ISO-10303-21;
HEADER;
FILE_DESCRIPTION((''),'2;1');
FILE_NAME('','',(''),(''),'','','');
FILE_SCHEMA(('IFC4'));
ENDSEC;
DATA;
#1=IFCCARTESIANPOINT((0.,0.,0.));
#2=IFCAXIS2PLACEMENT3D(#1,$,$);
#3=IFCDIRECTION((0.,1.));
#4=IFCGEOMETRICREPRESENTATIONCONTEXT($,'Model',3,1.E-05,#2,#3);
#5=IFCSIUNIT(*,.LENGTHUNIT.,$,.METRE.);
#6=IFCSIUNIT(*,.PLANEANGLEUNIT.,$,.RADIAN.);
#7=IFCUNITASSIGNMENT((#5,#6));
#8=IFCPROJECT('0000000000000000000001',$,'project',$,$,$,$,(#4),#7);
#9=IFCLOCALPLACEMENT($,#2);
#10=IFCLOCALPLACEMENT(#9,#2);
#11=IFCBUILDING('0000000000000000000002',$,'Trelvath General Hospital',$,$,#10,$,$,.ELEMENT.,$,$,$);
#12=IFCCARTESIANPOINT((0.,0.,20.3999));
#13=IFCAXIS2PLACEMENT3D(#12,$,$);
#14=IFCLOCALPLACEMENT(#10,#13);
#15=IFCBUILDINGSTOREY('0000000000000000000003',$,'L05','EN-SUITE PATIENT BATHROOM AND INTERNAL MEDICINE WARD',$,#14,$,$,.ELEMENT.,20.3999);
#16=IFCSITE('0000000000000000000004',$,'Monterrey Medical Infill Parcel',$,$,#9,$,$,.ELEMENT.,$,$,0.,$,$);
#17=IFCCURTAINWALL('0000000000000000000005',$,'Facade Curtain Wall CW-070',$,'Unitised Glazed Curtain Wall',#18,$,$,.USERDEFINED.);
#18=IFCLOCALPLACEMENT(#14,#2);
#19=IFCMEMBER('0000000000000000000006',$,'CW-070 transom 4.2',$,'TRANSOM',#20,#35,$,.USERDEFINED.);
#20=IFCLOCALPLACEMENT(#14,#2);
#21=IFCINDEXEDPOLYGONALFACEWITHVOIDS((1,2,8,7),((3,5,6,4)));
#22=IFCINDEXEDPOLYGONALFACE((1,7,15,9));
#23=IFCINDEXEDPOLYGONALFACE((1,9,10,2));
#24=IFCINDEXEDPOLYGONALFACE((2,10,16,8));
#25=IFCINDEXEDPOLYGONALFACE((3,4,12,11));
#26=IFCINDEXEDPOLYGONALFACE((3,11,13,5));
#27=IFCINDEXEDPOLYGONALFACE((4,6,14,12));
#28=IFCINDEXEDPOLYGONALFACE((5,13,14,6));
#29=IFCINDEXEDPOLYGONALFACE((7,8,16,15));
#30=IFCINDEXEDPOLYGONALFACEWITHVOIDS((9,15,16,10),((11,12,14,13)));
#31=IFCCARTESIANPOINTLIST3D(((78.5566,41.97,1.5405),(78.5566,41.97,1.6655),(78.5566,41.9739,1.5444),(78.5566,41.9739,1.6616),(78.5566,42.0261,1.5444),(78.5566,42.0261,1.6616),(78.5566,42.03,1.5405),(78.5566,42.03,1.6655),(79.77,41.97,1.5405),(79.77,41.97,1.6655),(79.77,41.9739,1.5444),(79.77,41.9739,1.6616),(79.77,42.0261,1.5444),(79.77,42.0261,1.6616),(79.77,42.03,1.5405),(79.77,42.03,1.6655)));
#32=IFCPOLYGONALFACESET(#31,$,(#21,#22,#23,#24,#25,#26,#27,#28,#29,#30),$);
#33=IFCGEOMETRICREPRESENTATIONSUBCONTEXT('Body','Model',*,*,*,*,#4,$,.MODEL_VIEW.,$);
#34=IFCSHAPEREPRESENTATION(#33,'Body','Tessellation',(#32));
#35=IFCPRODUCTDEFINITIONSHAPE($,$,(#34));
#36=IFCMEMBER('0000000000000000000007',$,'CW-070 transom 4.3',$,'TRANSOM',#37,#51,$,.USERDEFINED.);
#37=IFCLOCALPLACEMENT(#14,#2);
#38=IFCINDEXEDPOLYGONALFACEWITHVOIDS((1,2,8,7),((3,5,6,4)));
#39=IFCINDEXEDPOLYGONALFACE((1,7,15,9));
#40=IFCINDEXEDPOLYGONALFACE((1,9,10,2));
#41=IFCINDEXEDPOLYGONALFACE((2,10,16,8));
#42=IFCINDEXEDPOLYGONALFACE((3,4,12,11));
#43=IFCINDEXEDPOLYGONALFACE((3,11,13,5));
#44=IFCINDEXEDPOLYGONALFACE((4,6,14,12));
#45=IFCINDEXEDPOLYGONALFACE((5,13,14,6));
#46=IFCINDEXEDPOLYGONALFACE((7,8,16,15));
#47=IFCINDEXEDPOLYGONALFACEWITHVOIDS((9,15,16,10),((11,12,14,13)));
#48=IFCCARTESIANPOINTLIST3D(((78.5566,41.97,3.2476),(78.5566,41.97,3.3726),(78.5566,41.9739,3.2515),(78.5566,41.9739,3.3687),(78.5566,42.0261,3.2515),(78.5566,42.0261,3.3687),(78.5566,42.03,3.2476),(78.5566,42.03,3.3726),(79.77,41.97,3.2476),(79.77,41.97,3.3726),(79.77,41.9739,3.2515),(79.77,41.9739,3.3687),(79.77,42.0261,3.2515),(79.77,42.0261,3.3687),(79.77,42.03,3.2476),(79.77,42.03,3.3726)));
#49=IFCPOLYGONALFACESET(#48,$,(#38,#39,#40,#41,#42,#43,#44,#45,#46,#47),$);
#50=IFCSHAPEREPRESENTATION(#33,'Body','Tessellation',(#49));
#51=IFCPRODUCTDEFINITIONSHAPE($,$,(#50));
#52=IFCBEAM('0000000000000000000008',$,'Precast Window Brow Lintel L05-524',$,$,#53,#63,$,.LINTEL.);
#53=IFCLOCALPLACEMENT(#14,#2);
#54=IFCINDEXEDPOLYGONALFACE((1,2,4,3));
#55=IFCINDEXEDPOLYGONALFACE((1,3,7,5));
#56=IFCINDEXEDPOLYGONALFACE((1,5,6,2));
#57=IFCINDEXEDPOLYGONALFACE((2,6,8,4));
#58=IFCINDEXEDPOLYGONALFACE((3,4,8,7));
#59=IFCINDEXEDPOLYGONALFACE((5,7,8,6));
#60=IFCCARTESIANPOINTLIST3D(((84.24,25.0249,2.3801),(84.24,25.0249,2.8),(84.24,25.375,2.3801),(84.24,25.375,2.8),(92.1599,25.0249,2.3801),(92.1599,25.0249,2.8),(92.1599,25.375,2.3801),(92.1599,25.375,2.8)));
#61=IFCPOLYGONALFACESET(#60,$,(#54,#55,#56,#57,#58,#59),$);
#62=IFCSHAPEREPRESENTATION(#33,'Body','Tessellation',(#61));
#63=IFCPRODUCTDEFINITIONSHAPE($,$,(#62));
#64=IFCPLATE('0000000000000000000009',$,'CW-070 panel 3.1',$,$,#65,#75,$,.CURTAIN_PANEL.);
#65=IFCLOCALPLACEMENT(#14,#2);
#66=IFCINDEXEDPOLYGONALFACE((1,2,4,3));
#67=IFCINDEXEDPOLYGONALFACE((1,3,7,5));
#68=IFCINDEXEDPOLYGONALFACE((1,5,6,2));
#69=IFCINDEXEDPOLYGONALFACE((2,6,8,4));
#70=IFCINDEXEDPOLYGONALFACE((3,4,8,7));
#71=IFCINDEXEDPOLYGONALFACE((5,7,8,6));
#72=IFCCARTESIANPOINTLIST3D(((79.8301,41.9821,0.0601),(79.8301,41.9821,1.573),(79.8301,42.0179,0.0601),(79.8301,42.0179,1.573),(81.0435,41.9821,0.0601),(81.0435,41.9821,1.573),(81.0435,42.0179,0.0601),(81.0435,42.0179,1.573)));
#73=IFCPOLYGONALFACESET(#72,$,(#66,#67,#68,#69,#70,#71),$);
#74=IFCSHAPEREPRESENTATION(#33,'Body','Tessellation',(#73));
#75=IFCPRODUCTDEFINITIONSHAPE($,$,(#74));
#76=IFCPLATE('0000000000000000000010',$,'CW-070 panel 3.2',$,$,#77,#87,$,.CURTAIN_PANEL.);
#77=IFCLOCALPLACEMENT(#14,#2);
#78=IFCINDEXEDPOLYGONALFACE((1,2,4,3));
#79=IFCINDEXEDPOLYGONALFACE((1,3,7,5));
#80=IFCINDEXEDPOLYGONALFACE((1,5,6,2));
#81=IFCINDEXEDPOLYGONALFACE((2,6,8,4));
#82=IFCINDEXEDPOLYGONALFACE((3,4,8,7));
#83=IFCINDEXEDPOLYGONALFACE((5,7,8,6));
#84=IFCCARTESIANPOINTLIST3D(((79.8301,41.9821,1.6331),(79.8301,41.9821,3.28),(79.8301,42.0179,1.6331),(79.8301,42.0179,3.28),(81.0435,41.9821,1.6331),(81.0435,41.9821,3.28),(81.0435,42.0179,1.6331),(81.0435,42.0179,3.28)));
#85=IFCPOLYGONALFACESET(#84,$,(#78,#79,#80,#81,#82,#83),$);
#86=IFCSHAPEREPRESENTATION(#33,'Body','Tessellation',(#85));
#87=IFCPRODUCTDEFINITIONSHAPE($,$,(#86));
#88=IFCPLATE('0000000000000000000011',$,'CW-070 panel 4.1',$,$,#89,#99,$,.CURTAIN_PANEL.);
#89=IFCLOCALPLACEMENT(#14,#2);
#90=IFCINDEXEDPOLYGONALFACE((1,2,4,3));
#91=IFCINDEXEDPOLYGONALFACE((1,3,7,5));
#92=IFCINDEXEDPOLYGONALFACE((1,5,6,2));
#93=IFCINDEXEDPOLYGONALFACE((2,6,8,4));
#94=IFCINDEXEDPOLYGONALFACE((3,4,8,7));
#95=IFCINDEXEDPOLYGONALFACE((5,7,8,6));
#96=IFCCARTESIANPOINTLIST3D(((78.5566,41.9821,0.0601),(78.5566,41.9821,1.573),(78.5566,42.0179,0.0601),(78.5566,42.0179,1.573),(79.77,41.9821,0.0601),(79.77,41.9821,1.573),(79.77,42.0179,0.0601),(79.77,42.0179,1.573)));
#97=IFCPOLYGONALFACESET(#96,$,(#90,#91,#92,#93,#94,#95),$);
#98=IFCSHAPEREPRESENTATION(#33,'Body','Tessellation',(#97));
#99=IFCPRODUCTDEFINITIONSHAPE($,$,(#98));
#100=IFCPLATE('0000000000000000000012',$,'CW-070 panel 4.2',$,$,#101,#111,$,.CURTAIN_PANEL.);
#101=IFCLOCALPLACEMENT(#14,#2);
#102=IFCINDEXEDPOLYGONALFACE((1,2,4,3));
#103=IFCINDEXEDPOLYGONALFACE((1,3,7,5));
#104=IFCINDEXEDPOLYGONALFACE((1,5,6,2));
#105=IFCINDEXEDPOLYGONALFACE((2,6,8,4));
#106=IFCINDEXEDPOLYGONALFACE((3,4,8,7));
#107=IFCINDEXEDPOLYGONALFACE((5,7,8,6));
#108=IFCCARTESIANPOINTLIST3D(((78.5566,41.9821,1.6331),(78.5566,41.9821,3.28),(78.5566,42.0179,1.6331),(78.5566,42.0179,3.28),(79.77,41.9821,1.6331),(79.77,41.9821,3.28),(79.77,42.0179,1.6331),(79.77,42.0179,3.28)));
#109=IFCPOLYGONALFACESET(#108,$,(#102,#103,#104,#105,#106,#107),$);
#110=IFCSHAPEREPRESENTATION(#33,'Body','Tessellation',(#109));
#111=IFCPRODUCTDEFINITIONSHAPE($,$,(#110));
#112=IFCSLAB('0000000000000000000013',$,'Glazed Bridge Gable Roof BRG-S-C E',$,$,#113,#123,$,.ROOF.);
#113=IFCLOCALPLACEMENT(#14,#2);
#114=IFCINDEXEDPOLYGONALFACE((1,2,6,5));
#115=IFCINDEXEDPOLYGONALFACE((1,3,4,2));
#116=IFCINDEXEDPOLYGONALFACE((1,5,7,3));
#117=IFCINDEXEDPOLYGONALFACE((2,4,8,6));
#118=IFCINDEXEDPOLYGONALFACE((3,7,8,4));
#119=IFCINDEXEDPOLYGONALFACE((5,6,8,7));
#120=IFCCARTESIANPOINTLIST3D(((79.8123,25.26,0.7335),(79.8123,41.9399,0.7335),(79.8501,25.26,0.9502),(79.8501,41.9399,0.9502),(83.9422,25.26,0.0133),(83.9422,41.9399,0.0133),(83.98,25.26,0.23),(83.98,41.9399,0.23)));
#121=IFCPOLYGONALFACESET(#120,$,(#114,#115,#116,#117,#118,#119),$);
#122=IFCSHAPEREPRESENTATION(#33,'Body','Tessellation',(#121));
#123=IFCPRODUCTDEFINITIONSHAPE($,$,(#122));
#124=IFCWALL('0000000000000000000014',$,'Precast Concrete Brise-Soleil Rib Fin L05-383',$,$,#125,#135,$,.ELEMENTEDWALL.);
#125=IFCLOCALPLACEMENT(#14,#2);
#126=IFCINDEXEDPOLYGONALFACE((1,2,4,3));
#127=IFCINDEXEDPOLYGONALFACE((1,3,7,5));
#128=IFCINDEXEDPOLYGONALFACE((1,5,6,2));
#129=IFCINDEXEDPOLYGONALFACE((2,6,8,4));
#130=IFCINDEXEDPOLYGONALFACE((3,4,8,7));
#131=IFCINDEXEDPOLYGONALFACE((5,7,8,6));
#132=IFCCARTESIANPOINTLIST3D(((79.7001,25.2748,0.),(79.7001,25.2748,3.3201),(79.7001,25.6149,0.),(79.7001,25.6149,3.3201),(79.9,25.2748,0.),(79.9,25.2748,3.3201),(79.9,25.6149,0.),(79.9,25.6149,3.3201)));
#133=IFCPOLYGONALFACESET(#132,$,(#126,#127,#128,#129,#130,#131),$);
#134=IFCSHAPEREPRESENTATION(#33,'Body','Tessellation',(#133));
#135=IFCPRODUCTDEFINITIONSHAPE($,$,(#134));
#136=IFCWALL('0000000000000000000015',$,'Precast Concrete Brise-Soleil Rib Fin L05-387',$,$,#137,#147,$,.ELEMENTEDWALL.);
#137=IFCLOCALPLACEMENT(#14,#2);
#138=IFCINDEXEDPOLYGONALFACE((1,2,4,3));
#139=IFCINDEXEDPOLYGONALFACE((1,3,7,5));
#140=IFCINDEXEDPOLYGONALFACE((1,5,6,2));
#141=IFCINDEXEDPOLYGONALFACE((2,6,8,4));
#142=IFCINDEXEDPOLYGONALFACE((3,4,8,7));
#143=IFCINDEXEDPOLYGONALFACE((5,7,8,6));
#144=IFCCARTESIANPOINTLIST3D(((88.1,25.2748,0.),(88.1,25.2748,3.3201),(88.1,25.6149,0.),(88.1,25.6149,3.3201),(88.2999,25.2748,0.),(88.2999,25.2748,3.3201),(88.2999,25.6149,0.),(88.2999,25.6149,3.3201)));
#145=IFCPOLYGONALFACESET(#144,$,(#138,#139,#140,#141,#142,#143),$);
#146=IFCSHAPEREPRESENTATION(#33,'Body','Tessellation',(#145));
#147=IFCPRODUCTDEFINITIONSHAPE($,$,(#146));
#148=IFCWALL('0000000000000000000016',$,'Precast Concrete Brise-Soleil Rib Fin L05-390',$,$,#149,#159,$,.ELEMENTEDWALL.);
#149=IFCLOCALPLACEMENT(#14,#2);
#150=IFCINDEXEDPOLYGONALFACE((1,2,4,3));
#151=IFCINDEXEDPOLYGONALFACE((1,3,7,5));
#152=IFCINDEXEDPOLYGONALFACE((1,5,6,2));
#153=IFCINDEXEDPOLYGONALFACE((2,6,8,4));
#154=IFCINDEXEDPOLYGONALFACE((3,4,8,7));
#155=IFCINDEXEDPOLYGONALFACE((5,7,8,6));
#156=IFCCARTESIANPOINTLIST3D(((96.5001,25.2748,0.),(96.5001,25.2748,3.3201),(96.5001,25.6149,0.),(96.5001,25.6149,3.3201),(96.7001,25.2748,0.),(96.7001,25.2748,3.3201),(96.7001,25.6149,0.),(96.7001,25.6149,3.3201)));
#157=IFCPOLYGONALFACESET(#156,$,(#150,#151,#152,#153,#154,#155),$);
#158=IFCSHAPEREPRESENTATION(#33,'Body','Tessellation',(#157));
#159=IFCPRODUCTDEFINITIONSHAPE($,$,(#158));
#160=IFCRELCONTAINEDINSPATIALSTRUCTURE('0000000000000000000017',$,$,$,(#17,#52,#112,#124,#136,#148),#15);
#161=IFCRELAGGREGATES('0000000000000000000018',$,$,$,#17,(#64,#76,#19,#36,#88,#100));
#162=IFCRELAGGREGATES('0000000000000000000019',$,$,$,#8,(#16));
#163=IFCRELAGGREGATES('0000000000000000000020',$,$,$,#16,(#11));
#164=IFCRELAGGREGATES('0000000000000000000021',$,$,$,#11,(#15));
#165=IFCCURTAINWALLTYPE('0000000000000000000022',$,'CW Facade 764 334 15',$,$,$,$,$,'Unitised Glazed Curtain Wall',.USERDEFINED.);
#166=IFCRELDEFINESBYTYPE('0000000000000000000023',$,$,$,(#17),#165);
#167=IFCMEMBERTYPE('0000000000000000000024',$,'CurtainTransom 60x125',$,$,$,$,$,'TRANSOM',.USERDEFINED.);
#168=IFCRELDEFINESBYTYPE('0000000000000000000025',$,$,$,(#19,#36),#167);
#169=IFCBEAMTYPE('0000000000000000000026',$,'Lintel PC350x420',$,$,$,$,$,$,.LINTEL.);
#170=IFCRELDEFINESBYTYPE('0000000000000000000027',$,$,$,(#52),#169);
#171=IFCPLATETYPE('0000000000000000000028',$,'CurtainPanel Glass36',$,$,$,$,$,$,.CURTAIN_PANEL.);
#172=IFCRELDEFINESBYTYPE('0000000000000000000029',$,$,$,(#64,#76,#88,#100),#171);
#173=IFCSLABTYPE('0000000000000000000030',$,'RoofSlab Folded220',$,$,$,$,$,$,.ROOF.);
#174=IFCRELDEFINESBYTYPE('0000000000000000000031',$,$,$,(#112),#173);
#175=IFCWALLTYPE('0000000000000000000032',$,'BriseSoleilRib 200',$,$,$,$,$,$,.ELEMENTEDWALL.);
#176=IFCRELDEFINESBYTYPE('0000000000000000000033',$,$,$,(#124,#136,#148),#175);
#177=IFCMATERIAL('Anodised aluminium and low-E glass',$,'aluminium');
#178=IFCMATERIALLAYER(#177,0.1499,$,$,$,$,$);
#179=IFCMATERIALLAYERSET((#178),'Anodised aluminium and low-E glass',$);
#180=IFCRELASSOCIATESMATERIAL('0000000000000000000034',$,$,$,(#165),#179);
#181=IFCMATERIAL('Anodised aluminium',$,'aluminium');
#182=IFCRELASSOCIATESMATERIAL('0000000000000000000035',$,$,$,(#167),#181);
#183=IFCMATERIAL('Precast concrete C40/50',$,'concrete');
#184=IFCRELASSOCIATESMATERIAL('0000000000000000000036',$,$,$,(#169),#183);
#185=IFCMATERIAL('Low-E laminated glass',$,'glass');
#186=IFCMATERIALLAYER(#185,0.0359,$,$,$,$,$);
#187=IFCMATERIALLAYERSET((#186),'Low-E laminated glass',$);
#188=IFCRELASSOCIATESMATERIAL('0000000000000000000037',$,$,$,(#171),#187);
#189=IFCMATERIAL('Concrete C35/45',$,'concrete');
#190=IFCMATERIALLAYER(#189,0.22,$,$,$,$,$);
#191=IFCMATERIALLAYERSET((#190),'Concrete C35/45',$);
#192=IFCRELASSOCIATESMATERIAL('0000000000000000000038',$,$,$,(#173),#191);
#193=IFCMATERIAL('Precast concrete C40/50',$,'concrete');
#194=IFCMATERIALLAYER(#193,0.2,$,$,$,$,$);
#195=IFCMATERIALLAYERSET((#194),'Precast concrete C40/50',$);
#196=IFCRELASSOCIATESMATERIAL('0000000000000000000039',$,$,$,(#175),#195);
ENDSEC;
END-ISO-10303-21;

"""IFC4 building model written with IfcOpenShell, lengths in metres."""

from ifc_helpers import new_model, si_unit, direction, frame, frame_2d, origin, origin_2d, place, context, subcontext, project, spatial, polyline, rectangle, hollow_rectangle, outline, extrude, material, layer, layer_set, material_profile, profile_set, type_object, element, aggregate, save


model = new_model("IFC4")

# Units and contexts
model_context = context("Model", 3, precision=1e-05, world=origin(), true_north=direction((0.0, 1.0)))
body_context = subcontext(model_context, "Body", "Model", "MODEL_VIEW")
ifc_project = project(units=[si_unit("LENGTHUNIT", "METRE"), si_unit("PLANEANGLEUNIT", "RADIAN")], contexts=[model_context])

# Site, building, storey
site_placement = place(None, origin())
site = spatial("IfcSite", under=ifc_project, at=site_placement, Name="Monterrey Medical Infill Parcel", CompositionType="ELEMENT", RefElevation=0.0)
building_placement = place(site_placement, origin())
building = spatial("IfcBuilding", under=site, at=building_placement, Name="Trelvath General Hospital", CompositionType="ELEMENT")
storey_placement = place(building_placement, frame((0.0, 0.0, 20.3999)))
storey = spatial("IfcBuildingStorey", under=building, at=storey_placement, Name="L05", Description="EN-SUITE PATIENT BATHROOM AND INTERNAL MEDICINE WARD", CompositionType="ELEMENT", Elevation=20.3999)

# Curtain wall, members
ifc_material_1 = material(Name="Anodised aluminium and low-E glass", Category="aluminium")
ifc_layer_1 = layer(ifc_material_1, 0.1499)
ifc_layer_set_1 = layer_set([ifc_layer_1], Name="Anodised aluminium and low-E glass")
curtain_wall_type = type_object("IfcCurtainWallType", Name="CW Facade 764 334 15", ElementType="Unitised Glazed Curtain Wall", PredefinedType="USERDEFINED", material=ifc_layer_set_1)
curtain_wall_placement = place(storey_placement, origin())
curtain_wall = element("IfcCurtainWall", 1, at=curtain_wall_placement, inside=storey, type_object=curtain_wall_type, Name="Facade Curtain Wall CW-070", ObjectType="Unitised Glazed Curtain Wall", PredefinedType="USERDEFINED")
ifc_material_2 = material(Name="Anodised aluminium", Category="aluminium")
ifc_material_profile_1 = material_profile(ifc_material_2, hollow_rectangle(XDim=0.0601, YDim=0.125, WallThickness=0.0039, at=origin_2d()), Name="RHS60x125x4")
ifc_profile_set_1 = profile_set([ifc_material_profile_1], Name="Anodised aluminium")
member_type_1 = type_object("IfcMemberType", Name="CurtainTransom 60x125", ElementType="TRANSOM", PredefinedType="USERDEFINED", material=ifc_profile_set_1)
member_1_placement = place(storey_placement, frame((79.77, 42.0, 1.603), z_axis=(-1.0, 0.0, 0.0), x_axis=(0.0, -1.0, 0.0)))
member_1 = element("IfcMember", 2, at=member_1_placement, type_object=member_type_1, Name="CW-070 transom 4.2", ObjectType="TRANSOM", PredefinedType="USERDEFINED", context=body_context, shape_type="SweptSolid", body=[
    extrude(hollow_rectangle(XDim=0.0601, YDim=0.125, WallThickness=0.0039, at=origin_2d()), origin(), (0.0, 0.0, 1.0), 1.2134),
])
member_2_placement = place(storey_placement, frame((79.77, 42.0, 3.3101), z_axis=(-1.0, 0.0, 0.0), x_axis=(0.0, -1.0, 0.0)))
member_2 = element("IfcMember", 3, at=member_2_placement, type_object=member_type_1, Name="CW-070 transom 4.3", ObjectType="TRANSOM", PredefinedType="USERDEFINED", context=body_context, shape_type="SweptSolid", body=[
    extrude(hollow_rectangle(XDim=0.0601, YDim=0.125, WallThickness=0.0039, at=origin_2d()), origin(), (0.0, 0.0, 1.0), 1.2134),
])

# Beam
ifc_material_3 = material(Name="Precast concrete C40/50", Category="concrete")
ifc_material_profile_2 = material_profile(ifc_material_3, rectangle(XDim=0.3501, YDim=0.4199, at=origin_2d()), Name="PCL350x420")
ifc_profile_set_2 = profile_set([ifc_material_profile_2], Name="Precast concrete C40/50")
beam_type_1 = type_object("IfcBeamType", Name="Lintel PC350x420", PredefinedType="LINTEL", material=ifc_profile_set_2)
beam_1_placement = place(storey_placement, frame((84.24, 25.2, 2.5901), z_axis=(1.0, 0.0, 0.0), x_axis=(0.0, 1.0, 0.0)))
element("IfcBeam", 4, at=beam_1_placement, inside=storey, type_object=beam_type_1, Name="Precast Window Brow Lintel L05-524", PredefinedType="LINTEL", context=body_context, shape_type="SweptSolid", body=[
    extrude(rectangle(XDim=0.3501, YDim=0.4199, at=origin_2d()), origin(), (0.0, 0.0, 1.0), 7.9199),
])

# Plates
ifc_material_4 = material(Name="Low-E laminated glass", Category="glass")
ifc_layer_2 = layer(ifc_material_4, 0.0359)
ifc_layer_set_2 = layer_set([ifc_layer_2], Name="Low-E laminated glass")
plate_type = type_object("IfcPlateType", Name="CurtainPanel Glass36", PredefinedType="CURTAIN_PANEL", material=ifc_layer_set_2)
plate_1_placement = place(storey_placement, frame((80.4368, 42.0, 0.0601), z_axis=(0.0, 0.0, 1.0), x_axis=(-1.0, 0.0, 0.0)))
plate_1 = element("IfcPlate", 5, at=plate_1_placement, type_object=plate_type, Name="CW-070 panel 3.1", PredefinedType="CURTAIN_PANEL", context=body_context, shape_type="SweptSolid", body=[
    extrude(rectangle(XDim=1.2134, YDim=0.0359, at=origin_2d()), origin(), (0.0, 0.0, 1.0), 1.5129),
])
plate_2_placement = place(storey_placement, frame((80.4368, 42.0, 1.6331), z_axis=(0.0, 0.0, 1.0), x_axis=(-1.0, 0.0, 0.0)))
plate_2 = element("IfcPlate", 6, at=plate_2_placement, type_object=plate_type, Name="CW-070 panel 3.2", PredefinedType="CURTAIN_PANEL", context=body_context, shape_type="SweptSolid", body=[
    extrude(rectangle(XDim=1.2134, YDim=0.0359, at=origin_2d()), origin(), (0.0, 0.0, 1.0), 1.647),
])
plate_3_placement = place(storey_placement, frame((79.1633, 42.0, 0.0601), z_axis=(0.0, 0.0, 1.0), x_axis=(-1.0, 0.0, 0.0)))
plate_3 = element("IfcPlate", 7, at=plate_3_placement, type_object=plate_type, Name="CW-070 panel 4.1", PredefinedType="CURTAIN_PANEL", context=body_context, shape_type="SweptSolid", body=[
    extrude(rectangle(XDim=1.2134, YDim=0.0359, at=origin_2d()), origin(), (0.0, 0.0, 1.0), 1.5129),
])
plate_4_placement = place(storey_placement, frame((79.1633, 42.0, 1.6331), z_axis=(0.0, 0.0, 1.0), x_axis=(-1.0, 0.0, 0.0)))
plate_4 = element("IfcPlate", 8, at=plate_4_placement, type_object=plate_type, Name="CW-070 panel 4.2", PredefinedType="CURTAIN_PANEL", context=body_context, shape_type="SweptSolid", body=[
    extrude(rectangle(XDim=1.2134, YDim=0.0359, at=origin_2d()), origin(), (0.0, 0.0, 1.0), 1.647),
])
aggregate(curtain_wall, [plate_1, plate_2, member_1, member_2, plate_3, plate_4])

# Slab
ifc_material_5 = material(Name="Concrete C35/45", Category="concrete")
ifc_layer_3 = layer(ifc_material_5, 0.22)
ifc_layer_set_3 = layer_set([ifc_layer_3], Name="Concrete C35/45")
slab_type = type_object("IfcSlabType", Name="RoofSlab Folded220", PredefinedType="ROOF", material=ifc_layer_set_3)
slab_placement = place(storey_placement, frame((79.8501, 25.26, 0.9502), z_axis=(0.171798, 0.0, 0.985132), x_axis=(0.985132, 0.0, -0.171798)))
element("IfcSlab", 9, at=slab_placement, inside=storey, type_object=slab_type, Name="Glazed Bridge Gable Roof BRG-S-C E", PredefinedType="ROOF", context=body_context, shape_type="SweptSolid", body=[
    extrude(outline(polyline([(0.0, 0.0), (4.1922, 0.0), (4.1922, 16.6799), (0.0, 16.6799), (0.0, 0.0)])), origin(), (0.0, 0.0, -1.0), 0.22),
])

# Walls
ifc_material_6 = material(Name="Precast concrete C40/50", Category="concrete")
ifc_layer_4 = layer(ifc_material_6, 0.2)
ifc_layer_set_4 = layer_set([ifc_layer_4], Name="Precast concrete C40/50")
wall_type_1 = type_object("IfcWallType", Name="BriseSoleilRib 200", PredefinedType="ELEMENTEDWALL", material=ifc_layer_set_4)
for number, where, z_axis, x_axis, name in (
    (10, (79.8, 25.2749, 0.0), (0.0, 0.0, 1.0), (0.0, 1.0, 0.0), "Precast Concrete Brise-Soleil Rib Fin L05-383"),
    (11, (88.2, 25.2749, 0.0), (0.0, 0.0, 1.0), (0.0, 1.0, 0.0), "Precast Concrete Brise-Soleil Rib Fin L05-387"),
    (12, (96.6001, 25.2749, 0.0), (0.0, 0.0, 1.0), (0.0, 1.0, 0.0), "Precast Concrete Brise-Soleil Rib Fin L05-390"),
):
    element("IfcWall", number, at=place(storey_placement, frame(where, z_axis=z_axis, x_axis=x_axis)), inside=storey, type_object=wall_type_1, Name=name, PredefinedType="ELEMENTEDWALL", context=body_context, shape_type="SweptSolid", body=[
        extrude(rectangle(XDim=0.3401, YDim=0.2, at=frame_2d((0.1699, 0.0))), origin(), (0.0, 0.0, 1.0), 3.3201),
    ])

save(model, "model.ifc")
